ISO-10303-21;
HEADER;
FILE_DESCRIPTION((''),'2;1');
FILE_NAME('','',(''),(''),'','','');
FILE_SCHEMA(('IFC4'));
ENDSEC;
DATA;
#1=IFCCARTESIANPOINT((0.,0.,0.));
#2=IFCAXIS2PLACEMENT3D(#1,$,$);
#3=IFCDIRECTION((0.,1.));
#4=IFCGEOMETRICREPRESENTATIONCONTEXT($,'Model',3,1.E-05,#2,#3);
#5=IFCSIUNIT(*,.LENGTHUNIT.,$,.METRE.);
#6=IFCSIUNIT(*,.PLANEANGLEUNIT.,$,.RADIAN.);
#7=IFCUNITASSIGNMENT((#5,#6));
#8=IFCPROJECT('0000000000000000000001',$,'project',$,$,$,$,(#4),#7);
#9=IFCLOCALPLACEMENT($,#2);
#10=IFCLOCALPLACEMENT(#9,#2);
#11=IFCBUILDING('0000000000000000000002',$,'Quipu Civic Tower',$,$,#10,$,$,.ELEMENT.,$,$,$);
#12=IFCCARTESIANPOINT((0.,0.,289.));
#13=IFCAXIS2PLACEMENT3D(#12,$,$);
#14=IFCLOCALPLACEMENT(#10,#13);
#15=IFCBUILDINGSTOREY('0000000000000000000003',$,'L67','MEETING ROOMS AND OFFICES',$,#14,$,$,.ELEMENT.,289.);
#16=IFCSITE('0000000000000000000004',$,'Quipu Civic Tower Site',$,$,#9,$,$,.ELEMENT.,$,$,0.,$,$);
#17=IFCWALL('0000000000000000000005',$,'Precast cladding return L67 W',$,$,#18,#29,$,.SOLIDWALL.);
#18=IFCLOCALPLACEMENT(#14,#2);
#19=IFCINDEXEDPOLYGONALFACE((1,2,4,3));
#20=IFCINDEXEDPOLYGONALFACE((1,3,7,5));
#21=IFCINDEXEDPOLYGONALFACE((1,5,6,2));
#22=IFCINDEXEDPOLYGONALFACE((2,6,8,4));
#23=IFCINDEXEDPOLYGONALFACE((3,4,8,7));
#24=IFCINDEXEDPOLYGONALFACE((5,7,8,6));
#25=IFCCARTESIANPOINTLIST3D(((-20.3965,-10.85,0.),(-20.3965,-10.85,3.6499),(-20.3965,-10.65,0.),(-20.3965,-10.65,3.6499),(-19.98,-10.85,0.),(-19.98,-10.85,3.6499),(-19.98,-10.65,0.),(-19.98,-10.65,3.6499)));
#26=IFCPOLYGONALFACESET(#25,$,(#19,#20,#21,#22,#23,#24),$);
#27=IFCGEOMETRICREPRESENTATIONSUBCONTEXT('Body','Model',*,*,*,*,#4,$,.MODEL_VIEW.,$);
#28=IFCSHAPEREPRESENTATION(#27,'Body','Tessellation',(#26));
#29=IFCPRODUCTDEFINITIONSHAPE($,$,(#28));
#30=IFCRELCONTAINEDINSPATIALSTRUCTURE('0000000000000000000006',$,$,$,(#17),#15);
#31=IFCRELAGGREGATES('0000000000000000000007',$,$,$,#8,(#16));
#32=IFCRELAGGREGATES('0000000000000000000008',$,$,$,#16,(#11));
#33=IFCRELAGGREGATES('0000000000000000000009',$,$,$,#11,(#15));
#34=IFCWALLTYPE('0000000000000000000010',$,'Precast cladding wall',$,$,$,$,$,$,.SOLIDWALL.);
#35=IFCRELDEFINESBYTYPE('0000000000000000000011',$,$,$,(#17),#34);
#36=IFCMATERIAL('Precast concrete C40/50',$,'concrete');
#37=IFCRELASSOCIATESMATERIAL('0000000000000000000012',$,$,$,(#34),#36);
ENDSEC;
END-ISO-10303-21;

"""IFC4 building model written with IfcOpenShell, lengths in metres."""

from ifc_helpers import new_model, si_unit, direction, frame, frame_2d, origin, place, context, subcontext, project, spatial, rectangle, extrude, material, type_object, element, save


model = new_model("IFC4")

# Units and contexts
model_context = context("Model", 3, precision=1e-05, world=origin(), true_north=direction((0.0, 1.0)))
body_context = subcontext(model_context, "Body", "Model", "MODEL_VIEW")
ifc_project = project(units=[si_unit("LENGTHUNIT", "METRE"), si_unit("PLANEANGLEUNIT", "RADIAN")], contexts=[model_context])

# Site, building, storey
site_placement = place(None, origin())
site = spatial("IfcSite", under=ifc_project, at=site_placement, Name="Quipu Civic Tower Site", CompositionType="ELEMENT", RefElevation=0.0)
building_placement = place(site_placement, origin())
building = spatial("IfcBuilding", under=site, at=building_placement, Name="Quipu Civic Tower", CompositionType="ELEMENT")
storey_placement = place(building_placement, frame((0.0, 0.0, 289.0)))
storey = spatial("IfcBuildingStorey", under=building, at=storey_placement, Name="L67", Description="MEETING ROOMS AND OFFICES", CompositionType="ELEMENT", Elevation=289.0)

# Wall
ifc_material_1 = material(Name="Precast concrete C40/50", Category="concrete")
wall_type_1 = type_object("IfcWallType", Name="Precast cladding wall", PredefinedType="SOLIDWALL", material=ifc_material_1)
wall_1_placement = place(storey_placement, frame((-19.98, -10.75, 0.0), z_axis=(0.0, 0.0, 1.0), x_axis=(-1.0, 0.0, 0.0)))
element("IfcWall", 1, at=wall_1_placement, inside=storey, type_object=wall_type_1, Name="Precast cladding return L67 W", PredefinedType="SOLIDWALL", context=body_context, shape_type="SweptSolid", body=[
    extrude(rectangle(XDim=0.4165, YDim=0.2, at=frame_2d((0.2083, 0.0))), origin(), (0.0, 0.0, 1.0), 3.6499),
])

save(model, "model.ifc")
